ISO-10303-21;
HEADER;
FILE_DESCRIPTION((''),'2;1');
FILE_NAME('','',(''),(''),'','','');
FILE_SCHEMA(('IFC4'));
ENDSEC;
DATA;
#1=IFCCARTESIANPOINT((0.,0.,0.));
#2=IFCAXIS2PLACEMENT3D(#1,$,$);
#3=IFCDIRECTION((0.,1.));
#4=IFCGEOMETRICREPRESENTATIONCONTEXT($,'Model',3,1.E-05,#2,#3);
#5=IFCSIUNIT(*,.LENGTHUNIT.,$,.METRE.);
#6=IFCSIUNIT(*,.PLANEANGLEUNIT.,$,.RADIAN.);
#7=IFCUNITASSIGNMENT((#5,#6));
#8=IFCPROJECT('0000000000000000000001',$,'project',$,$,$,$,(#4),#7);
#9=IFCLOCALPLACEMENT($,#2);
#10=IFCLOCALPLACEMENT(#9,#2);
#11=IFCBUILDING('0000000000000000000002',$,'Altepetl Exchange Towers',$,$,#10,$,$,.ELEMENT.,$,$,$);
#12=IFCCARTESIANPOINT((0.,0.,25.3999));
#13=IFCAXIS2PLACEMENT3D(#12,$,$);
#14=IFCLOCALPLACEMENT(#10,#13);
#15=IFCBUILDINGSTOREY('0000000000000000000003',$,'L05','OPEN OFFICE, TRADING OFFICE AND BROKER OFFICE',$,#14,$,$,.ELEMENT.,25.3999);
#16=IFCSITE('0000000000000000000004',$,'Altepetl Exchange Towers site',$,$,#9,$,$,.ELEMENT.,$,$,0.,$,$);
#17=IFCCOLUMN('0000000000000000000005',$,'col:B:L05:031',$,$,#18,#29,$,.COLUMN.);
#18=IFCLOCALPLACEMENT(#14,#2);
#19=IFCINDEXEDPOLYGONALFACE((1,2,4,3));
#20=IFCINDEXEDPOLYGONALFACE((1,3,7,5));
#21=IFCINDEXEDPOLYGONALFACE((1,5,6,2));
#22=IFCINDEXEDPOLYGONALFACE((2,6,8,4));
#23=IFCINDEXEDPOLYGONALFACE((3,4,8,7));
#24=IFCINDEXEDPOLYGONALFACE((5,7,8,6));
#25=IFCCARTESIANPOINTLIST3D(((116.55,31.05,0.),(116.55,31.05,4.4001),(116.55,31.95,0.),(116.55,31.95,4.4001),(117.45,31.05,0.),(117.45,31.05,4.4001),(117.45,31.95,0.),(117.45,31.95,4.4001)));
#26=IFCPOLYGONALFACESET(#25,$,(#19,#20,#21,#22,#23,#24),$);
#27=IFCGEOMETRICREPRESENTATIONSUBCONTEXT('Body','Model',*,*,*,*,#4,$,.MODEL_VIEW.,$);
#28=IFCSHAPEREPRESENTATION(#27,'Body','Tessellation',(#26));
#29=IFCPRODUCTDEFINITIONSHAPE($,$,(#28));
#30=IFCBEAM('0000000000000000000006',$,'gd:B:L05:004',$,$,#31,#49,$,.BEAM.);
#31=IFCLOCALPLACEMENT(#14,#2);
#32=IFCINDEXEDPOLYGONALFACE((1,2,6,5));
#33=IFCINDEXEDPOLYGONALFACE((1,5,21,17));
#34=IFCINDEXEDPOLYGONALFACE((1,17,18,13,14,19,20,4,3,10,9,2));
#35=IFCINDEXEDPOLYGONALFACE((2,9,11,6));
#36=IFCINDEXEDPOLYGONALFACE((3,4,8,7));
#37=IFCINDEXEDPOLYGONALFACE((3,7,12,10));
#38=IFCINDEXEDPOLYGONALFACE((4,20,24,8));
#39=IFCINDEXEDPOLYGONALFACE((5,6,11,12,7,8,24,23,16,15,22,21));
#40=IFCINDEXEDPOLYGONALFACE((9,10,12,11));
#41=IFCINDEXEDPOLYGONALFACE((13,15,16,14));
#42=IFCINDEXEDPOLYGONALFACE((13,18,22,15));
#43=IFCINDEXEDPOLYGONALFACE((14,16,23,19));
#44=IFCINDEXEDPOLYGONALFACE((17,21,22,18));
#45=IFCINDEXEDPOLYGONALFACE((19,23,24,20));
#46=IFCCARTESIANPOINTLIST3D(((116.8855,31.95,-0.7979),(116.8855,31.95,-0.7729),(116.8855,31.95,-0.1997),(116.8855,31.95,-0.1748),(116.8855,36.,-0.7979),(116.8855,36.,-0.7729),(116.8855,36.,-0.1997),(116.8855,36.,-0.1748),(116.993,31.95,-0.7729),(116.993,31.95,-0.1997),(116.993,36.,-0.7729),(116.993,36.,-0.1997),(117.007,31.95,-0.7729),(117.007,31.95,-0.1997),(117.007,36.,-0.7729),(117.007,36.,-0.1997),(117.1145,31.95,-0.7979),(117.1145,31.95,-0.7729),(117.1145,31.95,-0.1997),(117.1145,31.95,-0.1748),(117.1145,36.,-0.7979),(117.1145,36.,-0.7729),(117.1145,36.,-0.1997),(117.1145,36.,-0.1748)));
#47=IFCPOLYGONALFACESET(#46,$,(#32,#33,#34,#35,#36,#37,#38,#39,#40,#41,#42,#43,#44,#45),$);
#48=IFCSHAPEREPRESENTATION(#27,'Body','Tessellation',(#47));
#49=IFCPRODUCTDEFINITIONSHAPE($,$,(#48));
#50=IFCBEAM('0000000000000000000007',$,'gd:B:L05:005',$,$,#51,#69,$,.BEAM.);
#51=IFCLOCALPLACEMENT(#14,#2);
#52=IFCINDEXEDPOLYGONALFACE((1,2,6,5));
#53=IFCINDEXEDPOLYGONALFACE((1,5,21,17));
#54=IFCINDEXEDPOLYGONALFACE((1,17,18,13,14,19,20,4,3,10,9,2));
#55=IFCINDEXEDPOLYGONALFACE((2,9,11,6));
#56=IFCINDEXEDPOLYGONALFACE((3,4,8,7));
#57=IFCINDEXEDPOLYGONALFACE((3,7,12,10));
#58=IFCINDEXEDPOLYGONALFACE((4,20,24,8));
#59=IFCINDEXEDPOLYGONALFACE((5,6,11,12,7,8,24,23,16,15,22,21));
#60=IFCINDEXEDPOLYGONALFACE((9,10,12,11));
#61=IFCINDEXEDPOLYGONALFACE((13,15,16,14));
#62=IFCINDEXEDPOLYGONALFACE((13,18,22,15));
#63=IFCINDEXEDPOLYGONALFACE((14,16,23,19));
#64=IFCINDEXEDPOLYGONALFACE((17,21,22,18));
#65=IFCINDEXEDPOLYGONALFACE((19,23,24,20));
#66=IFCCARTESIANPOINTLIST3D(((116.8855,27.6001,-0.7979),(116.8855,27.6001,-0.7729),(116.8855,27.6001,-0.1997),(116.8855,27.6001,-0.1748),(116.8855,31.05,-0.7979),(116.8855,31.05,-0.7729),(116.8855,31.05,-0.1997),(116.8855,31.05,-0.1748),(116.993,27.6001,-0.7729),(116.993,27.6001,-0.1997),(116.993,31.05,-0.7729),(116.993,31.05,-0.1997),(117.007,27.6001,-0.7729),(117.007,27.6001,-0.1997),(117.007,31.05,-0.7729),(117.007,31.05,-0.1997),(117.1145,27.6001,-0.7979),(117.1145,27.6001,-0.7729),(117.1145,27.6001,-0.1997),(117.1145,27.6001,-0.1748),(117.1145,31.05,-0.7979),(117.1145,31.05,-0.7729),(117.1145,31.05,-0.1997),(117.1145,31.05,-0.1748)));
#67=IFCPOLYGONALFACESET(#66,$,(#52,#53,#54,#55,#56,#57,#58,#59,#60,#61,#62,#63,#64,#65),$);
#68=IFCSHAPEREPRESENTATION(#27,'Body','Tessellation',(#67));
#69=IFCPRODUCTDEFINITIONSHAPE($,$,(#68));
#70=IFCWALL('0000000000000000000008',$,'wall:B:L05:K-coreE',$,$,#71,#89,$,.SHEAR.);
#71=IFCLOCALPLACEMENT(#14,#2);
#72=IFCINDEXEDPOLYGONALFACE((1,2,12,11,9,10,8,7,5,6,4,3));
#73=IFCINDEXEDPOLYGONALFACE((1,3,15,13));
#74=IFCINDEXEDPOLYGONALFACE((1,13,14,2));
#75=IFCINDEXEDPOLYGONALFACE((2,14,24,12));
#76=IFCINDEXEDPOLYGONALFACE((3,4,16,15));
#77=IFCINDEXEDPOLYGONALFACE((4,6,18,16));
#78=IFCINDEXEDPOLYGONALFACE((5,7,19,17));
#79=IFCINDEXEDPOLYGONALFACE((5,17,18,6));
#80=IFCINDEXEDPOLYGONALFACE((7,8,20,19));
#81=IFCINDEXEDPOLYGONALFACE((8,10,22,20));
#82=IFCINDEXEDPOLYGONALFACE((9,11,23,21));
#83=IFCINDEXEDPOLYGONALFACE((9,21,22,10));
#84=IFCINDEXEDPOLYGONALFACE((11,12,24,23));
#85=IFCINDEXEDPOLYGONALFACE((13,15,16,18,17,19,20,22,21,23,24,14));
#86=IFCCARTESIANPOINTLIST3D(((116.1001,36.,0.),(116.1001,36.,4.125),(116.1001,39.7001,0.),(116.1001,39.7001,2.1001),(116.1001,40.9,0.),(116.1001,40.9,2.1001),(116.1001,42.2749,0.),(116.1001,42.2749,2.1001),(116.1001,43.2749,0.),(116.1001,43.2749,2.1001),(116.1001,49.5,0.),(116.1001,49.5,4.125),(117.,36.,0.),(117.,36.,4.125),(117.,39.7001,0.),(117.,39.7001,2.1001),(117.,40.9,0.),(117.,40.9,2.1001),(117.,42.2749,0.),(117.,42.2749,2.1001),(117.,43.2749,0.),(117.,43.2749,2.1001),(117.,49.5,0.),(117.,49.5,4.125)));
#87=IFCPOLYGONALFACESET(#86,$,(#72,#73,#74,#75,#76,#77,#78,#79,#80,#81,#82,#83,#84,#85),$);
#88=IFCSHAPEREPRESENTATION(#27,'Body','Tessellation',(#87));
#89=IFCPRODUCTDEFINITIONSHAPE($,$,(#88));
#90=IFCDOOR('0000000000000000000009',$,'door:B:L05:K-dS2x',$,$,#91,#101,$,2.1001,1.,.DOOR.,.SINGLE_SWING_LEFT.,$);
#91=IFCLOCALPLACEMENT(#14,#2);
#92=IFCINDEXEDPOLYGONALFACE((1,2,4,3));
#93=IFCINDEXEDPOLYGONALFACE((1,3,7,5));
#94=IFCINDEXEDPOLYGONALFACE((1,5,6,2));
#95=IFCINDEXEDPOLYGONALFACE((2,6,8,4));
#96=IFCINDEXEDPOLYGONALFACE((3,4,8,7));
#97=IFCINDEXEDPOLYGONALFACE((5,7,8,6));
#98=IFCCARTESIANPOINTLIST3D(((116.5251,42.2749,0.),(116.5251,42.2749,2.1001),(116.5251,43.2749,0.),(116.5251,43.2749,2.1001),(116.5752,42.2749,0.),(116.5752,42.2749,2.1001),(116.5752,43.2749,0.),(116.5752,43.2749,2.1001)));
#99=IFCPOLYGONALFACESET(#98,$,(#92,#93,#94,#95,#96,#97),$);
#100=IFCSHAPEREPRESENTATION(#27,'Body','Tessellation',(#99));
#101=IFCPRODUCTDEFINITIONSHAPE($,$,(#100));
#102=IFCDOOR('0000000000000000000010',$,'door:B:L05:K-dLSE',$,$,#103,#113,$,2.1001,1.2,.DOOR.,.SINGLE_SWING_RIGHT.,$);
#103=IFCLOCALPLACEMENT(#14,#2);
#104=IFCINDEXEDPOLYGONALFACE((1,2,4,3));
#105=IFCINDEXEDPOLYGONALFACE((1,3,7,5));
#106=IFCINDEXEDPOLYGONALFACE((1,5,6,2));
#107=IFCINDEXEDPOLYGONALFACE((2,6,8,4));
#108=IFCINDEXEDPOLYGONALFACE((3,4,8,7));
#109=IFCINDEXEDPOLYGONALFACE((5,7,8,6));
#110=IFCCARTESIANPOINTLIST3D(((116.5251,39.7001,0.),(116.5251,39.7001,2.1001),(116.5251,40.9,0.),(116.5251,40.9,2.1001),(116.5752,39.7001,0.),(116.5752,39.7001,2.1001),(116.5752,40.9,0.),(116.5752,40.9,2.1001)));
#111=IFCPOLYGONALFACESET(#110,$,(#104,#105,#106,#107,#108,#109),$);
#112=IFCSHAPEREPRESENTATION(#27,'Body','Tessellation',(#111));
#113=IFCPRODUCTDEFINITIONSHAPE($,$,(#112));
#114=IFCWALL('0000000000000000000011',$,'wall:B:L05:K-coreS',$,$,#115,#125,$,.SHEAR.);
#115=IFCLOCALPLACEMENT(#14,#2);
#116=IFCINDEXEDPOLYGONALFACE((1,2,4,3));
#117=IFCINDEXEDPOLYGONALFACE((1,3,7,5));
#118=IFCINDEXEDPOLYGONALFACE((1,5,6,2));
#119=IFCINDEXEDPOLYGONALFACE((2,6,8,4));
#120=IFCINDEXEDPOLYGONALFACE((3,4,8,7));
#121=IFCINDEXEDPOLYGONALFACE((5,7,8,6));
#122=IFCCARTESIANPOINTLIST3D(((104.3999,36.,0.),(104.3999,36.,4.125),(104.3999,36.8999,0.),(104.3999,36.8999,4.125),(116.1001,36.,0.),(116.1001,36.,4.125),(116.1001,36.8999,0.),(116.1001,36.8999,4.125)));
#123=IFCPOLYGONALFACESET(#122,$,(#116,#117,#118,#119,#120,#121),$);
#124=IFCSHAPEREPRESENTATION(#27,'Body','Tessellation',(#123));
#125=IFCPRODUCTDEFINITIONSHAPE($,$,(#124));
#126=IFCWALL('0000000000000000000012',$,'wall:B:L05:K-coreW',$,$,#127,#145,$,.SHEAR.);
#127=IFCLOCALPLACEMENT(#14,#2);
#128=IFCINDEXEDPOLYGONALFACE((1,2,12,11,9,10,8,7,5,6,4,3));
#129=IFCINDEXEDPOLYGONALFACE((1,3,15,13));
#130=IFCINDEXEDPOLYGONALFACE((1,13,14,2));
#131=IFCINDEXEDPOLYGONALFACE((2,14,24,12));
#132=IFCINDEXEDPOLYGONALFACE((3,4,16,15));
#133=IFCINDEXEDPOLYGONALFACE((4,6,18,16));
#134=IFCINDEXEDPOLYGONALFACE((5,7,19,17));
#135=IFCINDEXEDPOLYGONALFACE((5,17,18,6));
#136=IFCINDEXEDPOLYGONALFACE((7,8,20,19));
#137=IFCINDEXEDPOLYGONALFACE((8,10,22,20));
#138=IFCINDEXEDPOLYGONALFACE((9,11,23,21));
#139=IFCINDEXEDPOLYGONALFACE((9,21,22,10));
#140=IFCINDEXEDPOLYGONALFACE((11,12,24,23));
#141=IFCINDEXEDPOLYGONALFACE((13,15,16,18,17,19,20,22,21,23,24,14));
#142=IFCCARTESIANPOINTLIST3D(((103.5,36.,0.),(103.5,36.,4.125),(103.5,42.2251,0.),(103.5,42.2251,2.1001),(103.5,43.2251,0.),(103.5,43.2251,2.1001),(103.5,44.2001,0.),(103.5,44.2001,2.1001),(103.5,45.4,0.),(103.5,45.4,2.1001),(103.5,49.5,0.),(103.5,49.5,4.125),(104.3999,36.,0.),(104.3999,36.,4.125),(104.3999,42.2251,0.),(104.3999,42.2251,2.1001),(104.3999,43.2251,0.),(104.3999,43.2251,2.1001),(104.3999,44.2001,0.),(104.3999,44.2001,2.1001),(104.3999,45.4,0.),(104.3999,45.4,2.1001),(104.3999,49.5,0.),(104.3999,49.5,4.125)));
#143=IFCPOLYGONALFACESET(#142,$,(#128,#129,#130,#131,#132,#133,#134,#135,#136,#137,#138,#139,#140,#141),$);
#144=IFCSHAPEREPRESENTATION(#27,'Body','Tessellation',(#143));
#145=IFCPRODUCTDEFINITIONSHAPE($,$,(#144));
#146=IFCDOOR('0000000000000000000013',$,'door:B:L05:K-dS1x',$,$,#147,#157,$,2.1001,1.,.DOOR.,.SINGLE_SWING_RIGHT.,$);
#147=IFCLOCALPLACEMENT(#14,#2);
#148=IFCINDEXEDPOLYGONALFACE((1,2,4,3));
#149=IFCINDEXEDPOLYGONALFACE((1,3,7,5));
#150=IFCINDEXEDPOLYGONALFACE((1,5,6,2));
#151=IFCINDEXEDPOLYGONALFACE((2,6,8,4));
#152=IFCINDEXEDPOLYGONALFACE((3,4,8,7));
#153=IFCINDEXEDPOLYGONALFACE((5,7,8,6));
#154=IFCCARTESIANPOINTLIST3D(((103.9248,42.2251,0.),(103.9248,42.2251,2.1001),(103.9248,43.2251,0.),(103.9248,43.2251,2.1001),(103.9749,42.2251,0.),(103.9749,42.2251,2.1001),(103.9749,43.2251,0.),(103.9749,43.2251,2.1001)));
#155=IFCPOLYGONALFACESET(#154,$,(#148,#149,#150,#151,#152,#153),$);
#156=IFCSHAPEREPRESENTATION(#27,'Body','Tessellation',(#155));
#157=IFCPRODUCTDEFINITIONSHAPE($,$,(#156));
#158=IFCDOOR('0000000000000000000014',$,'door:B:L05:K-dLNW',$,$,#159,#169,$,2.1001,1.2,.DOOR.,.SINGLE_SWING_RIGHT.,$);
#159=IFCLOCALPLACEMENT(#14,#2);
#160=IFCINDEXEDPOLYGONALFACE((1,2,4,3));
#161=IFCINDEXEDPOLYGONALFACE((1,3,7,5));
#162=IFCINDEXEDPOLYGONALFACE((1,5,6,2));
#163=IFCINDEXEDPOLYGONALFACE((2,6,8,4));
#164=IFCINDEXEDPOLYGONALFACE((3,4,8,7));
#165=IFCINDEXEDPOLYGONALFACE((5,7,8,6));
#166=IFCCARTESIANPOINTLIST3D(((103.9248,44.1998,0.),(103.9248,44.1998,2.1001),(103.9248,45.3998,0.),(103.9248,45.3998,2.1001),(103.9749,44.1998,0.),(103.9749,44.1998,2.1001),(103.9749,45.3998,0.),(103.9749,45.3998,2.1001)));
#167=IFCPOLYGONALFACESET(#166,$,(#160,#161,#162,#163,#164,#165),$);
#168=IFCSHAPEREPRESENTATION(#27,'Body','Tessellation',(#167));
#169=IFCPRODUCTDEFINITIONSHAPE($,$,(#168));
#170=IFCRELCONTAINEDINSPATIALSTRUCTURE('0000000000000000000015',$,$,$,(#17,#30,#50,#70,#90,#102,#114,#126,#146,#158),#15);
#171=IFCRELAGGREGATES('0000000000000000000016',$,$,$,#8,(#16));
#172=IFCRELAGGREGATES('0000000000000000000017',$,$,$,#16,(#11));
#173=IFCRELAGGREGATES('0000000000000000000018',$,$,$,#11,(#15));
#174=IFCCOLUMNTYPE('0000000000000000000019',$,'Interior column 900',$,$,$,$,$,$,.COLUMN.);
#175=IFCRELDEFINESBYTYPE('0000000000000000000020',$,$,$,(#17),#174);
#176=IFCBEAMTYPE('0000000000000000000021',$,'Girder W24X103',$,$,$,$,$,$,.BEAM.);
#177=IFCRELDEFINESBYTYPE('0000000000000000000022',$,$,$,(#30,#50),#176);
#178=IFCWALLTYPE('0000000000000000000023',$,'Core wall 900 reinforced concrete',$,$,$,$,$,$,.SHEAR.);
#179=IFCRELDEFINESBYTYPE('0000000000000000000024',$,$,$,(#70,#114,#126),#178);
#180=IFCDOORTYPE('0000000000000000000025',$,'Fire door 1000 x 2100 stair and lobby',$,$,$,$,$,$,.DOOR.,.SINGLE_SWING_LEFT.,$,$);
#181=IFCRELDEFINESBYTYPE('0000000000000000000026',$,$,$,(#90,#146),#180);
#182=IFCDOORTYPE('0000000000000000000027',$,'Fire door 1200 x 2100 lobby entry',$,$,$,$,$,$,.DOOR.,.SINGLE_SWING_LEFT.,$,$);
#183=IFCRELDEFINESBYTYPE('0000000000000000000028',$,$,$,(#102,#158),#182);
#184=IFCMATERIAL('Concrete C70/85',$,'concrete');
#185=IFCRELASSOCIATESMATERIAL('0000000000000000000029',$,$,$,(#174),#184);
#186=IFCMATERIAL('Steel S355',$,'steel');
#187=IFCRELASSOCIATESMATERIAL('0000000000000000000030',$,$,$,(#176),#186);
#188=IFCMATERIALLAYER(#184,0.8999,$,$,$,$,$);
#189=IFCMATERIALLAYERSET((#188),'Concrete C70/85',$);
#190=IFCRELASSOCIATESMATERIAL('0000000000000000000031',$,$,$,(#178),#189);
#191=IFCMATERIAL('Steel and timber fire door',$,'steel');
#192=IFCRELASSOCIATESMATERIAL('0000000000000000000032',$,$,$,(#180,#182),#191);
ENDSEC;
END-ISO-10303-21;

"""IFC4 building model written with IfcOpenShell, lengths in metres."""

from ifc_helpers import new_model, si_unit, direction, frame, frame_2d, origin, origin_2d, place, context, subcontext, project, spatial, rectangle, i_section, extrude, material, layer, layer_set, material_profile, profile_set, type_object, element, fill, save


model = new_model("IFC4")

# Units and contexts
model_context = context("Model", 3, precision=1e-05, world=origin(), true_north=direction((0.0, 1.0)))
body_context = subcontext(model_context, "Body", "Model", "MODEL_VIEW")
ifc_project = project(units=[si_unit("LENGTHUNIT", "METRE"), si_unit("PLANEANGLEUNIT", "RADIAN")], contexts=[model_context])

# Site, building, storey
site_placement = place(None, origin())
site = spatial("IfcSite", under=ifc_project, at=site_placement, Name="Altepetl Exchange Towers site", CompositionType="ELEMENT", RefElevation=0.0)
building_placement = place(site_placement, origin())
building = spatial("IfcBuilding", under=site, at=building_placement, Name="Altepetl Exchange Towers", CompositionType="ELEMENT")
storey_placement = place(building_placement, frame((0.0, 0.0, 25.3999)))
storey = spatial("IfcBuildingStorey", under=building, at=storey_placement, Name="L05", Description="OPEN OFFICE, TRADING OFFICE AND BROKER OFFICE", CompositionType="ELEMENT", Elevation=25.3999)

# Column
ifc_material_1 = material(Name="Concrete C70/85", Category="concrete")
ifc_material_profile_1 = material_profile(ifc_material_1, rectangle(XDim=0.8999, YDim=0.8999, at=origin_2d()), Name="900 x 900")
ifc_profile_set_1 = profile_set([ifc_material_profile_1], Name="Concrete C70/85")
column_type = type_object("IfcColumnType", Name="Interior column 900", PredefinedType="COLUMN", material=ifc_profile_set_1)
column_placement = place(storey_placement, frame((117.0, 31.5, 0.0)))
element("IfcColumn", 1, at=column_placement, inside=storey, type_object=column_type, Name="col:B:L05:031", PredefinedType="COLUMN", context=body_context, shape_type="SweptSolid", body=[
    extrude(rectangle(XDim=0.8999, YDim=0.8999, at=origin_2d()), origin(), (0.0, 0.0, 1.0), 4.4001),
])

# Beams
ifc_material_2 = material(Name="Steel S355", Category="steel")
ifc_material_profile_2 = material_profile(ifc_material_2, i_section(OverallWidth=0.229, OverallDepth=0.623, WebThickness=0.0139, FlangeThickness=0.0249, at=origin_2d()), Name="W24X103")
ifc_profile_set_2 = profile_set([ifc_material_profile_2], Name="Steel S355")
beam_type = type_object("IfcBeamType", Name="Girder W24X103", PredefinedType="BEAM", material=ifc_profile_set_2)
beam_1_placement = place(storey_placement, frame((117.0, 36.0, -0.4863), z_axis=(0.0, -1.0, 0.0), x_axis=(1.0, 0.0, 0.0)))
element("IfcBeam", 2, at=beam_1_placement, inside=storey, type_object=beam_type, Name="gd:B:L05:004", PredefinedType="BEAM", context=body_context, shape_type="SweptSolid", body=[
    extrude(i_section(OverallWidth=0.229, OverallDepth=0.623, WebThickness=0.0139, FlangeThickness=0.0249, at=origin_2d()), origin(), (0.0, 0.0, 1.0), 4.05),
])
beam_2_placement = place(storey_placement, frame((117.0, 31.05, -0.4863), z_axis=(0.0, -1.0, 0.0), x_axis=(1.0, 0.0, 0.0)))
element("IfcBeam", 3, at=beam_2_placement, inside=storey, type_object=beam_type, Name="gd:B:L05:005", PredefinedType="BEAM", context=body_context, shape_type="SweptSolid", body=[
    extrude(i_section(OverallWidth=0.229, OverallDepth=0.623, WebThickness=0.0139, FlangeThickness=0.0249, at=origin_2d()), origin(), (0.0, 0.0, 1.0), 3.45),
])

# Wall, openings, doors
ifc_layer_1 = layer(ifc_material_1, 0.8999)
ifc_layer_set_1 = layer_set([ifc_layer_1], Name="Concrete C70/85")
wall_type_1 = type_object("IfcWallType", Name="Core wall 900 reinforced concrete", PredefinedType="SHEAR", material=ifc_layer_set_1)
wall_1_placement = place(storey_placement, frame((116.55, 36.0, 0.0), z_axis=(0.0, 0.0, 1.0), x_axis=(0.0, 1.0, 0.0)))
wall_1 = element("IfcWall", 4, at=wall_1_placement, inside=storey, type_object=wall_type_1, Name="wall:B:L05:K-coreE", PredefinedType="SHEAR", context=body_context, shape_type="SweptSolid", body=[
    extrude(rectangle(XDim=13.5, YDim=0.8999, at=frame_2d((6.75, 0.0))), origin(), (0.0, 0.0, 1.0), 4.125),
])
opening_1_placement = place(wall_1_placement, frame((3.7, 0.0, 0.0)))
opening_1 = element("IfcOpeningElement", 5, at=opening_1_placement, cuts=wall_1, PredefinedType="OPENING", context=body_context, shape_type="SweptSolid", body=[
    extrude(rectangle(XDim=1.2, YDim=2.1001, at=frame_2d((0.6001, 1.05))), frame((0.0, 0.46, 0.0), z_axis=(0.0, -1.0, 0.0), x_axis=(1.0, 0.0, 0.0)), (0.0, 0.0, 1.0), 0.9199),
])
opening_2_placement = place(wall_1_placement, frame((6.2749, 0.0, 0.0)))
opening_2 = element("IfcOpeningElement", 6, at=opening_2_placement, cuts=wall_1, PredefinedType="OPENING", context=body_context, shape_type="SweptSolid", body=[
    extrude(rectangle(XDim=1.0, YDim=2.1001, at=frame_2d((0.5, 1.05))), frame((0.0, 0.46, 0.0), z_axis=(0.0, -1.0, 0.0), x_axis=(1.0, 0.0, 0.0)), (0.0, 0.0, 1.0), 0.9199),
])
ifc_material_3 = material(Name="Steel and timber fire door", Category="steel")
door_type_1 = type_object("IfcDoorType", Name="Fire door 1000 x 2100 stair and lobby", OperationType="SINGLE_SWING_LEFT", PredefinedType="DOOR", material=ifc_material_3)
door_1_placement = place(opening_2_placement, origin())
door_1 = element("IfcDoor", 7, at=door_1_placement, inside=storey, type_object=door_type_1, Name="door:B:L05:K-dS2x", OperationType="SINGLE_SWING_LEFT", OverallHeight=2.1001, OverallWidth=1.0, PredefinedType="DOOR", context=body_context, shape_type="SweptSolid", body=[
    extrude(rectangle(XDim=1.0, YDim=2.1001, at=frame_2d((0.5, 1.05))), frame((0.0, 0.0249, 0.0), z_axis=(0.0, -1.0, 0.0), x_axis=(1.0, 0.0, 0.0)), (0.0, 0.0, 1.0), 0.05),
])
fill(opening_2, door_1)
door_type_2 = type_object("IfcDoorType", Name="Fire door 1200 x 2100 lobby entry", OperationType="SINGLE_SWING_LEFT", PredefinedType="DOOR", material=ifc_material_3)
door_2_placement = place(opening_1_placement, origin())
door_2 = element("IfcDoor", 8, at=door_2_placement, inside=storey, type_object=door_type_2, Name="door:B:L05:K-dLSE", OperationType="SINGLE_SWING_RIGHT", OverallHeight=2.1001, OverallWidth=1.2, PredefinedType="DOOR", context=body_context, shape_type="SweptSolid", body=[
    extrude(rectangle(XDim=1.2, YDim=2.1001, at=frame_2d((0.6001, 1.05))), frame((0.0, 0.0249, 0.0), z_axis=(0.0, -1.0, 0.0), x_axis=(1.0, 0.0, 0.0)), (0.0, 0.0, 1.0), 0.05),
])
fill(opening_1, door_2)

# Wall
wall_2_placement = place(storey_placement, frame((104.3999, 36.45, 0.0)))
element("IfcWall", 9, at=wall_2_placement, inside=storey, type_object=wall_type_1, Name="wall:B:L05:K-coreS", PredefinedType="SHEAR", context=body_context, shape_type="SweptSolid", body=[
    extrude(rectangle(XDim=11.7002, YDim=0.8999, at=frame_2d((5.8501, 0.0))), origin(), (0.0, 0.0, 1.0), 4.125),
])

# Wall, openings, doors
wall_3_placement = place(storey_placement, frame((103.95, 36.0, 0.0), z_axis=(0.0, 0.0, 1.0), x_axis=(0.0, 1.0, 0.0)))
wall_3 = element("IfcWall", 10, at=wall_3_placement, inside=storey, type_object=wall_type_1, Name="wall:B:L05:K-coreW", PredefinedType="SHEAR", context=body_context, shape_type="SweptSolid", body=[
    extrude(rectangle(XDim=13.5, YDim=0.8999, at=frame_2d((6.75, 0.0))), origin(), (0.0, 0.0, 1.0), 4.125),
])
opening_3_placement = place(wall_3_placement, frame((8.2, 0.0, 0.0)))
opening_3 = element("IfcOpeningElement", 11, at=opening_3_placement, cuts=wall_3, PredefinedType="OPENING", context=body_context, shape_type="SweptSolid", body=[
    extrude(rectangle(XDim=1.2, YDim=2.1001, at=frame_2d((0.6001, 1.05))), frame((0.0, 0.46, 0.0), z_axis=(0.0, -1.0, 0.0), x_axis=(1.0, 0.0, 0.0)), (0.0, 0.0, 1.0), 0.9199),
])
opening_4_placement = place(wall_3_placement, frame((6.2251, 0.0, 0.0)))
opening_4 = element("IfcOpeningElement", 12, at=opening_4_placement, cuts=wall_3, PredefinedType="OPENING", context=body_context, shape_type="SweptSolid", body=[
    extrude(rectangle(XDim=1.0, YDim=2.1001, at=frame_2d((0.5, 1.05))), frame((0.0, 0.46, 0.0), z_axis=(0.0, -1.0, 0.0), x_axis=(1.0, 0.0, 0.0)), (0.0, 0.0, 1.0), 0.9199),
])
door_3_placement = place(opening_4_placement, frame((1.0, 0.0, 0.0), x_axis=(-1.0, 0.0, 0.0)))
door_3 = element("IfcDoor", 13, at=door_3_placement, inside=storey, type_object=door_type_1, Name="door:B:L05:K-dS1x", OperationType="SINGLE_SWING_RIGHT", OverallHeight=2.1001, OverallWidth=1.0, PredefinedType="DOOR", context=body_context, shape_type="SweptSolid", body=[
    extrude(rectangle(XDim=1.0, YDim=2.1001, at=frame_2d((0.5, 1.05))), frame((0.0, 0.0249, 0.0), z_axis=(0.0, -1.0, 0.0), x_axis=(1.0, 0.0, 0.0)), (0.0, 0.0, 1.0), 0.05),
])
fill(opening_4, door_3)
door_4_placement = place(opening_3_placement, frame((1.2, 0.0, 0.0), x_axis=(-1.0, 0.0, 0.0)))
door_4 = element("IfcDoor", 14, at=door_4_placement, inside=storey, type_object=door_type_2, Name="door:B:L05:K-dLNW", OperationType="SINGLE_SWING_RIGHT", OverallHeight=2.1001, OverallWidth=1.2, PredefinedType="DOOR", context=body_context, shape_type="SweptSolid", body=[
    extrude(rectangle(XDim=1.2, YDim=2.1001, at=frame_2d((0.6001, 1.05))), frame((0.0, 0.0249, 0.0), z_axis=(0.0, -1.0, 0.0), x_axis=(1.0, 0.0, 0.0)), (0.0, 0.0, 1.0), 0.05),
])
fill(opening_3, door_4)

save(model, "model.ifc")
